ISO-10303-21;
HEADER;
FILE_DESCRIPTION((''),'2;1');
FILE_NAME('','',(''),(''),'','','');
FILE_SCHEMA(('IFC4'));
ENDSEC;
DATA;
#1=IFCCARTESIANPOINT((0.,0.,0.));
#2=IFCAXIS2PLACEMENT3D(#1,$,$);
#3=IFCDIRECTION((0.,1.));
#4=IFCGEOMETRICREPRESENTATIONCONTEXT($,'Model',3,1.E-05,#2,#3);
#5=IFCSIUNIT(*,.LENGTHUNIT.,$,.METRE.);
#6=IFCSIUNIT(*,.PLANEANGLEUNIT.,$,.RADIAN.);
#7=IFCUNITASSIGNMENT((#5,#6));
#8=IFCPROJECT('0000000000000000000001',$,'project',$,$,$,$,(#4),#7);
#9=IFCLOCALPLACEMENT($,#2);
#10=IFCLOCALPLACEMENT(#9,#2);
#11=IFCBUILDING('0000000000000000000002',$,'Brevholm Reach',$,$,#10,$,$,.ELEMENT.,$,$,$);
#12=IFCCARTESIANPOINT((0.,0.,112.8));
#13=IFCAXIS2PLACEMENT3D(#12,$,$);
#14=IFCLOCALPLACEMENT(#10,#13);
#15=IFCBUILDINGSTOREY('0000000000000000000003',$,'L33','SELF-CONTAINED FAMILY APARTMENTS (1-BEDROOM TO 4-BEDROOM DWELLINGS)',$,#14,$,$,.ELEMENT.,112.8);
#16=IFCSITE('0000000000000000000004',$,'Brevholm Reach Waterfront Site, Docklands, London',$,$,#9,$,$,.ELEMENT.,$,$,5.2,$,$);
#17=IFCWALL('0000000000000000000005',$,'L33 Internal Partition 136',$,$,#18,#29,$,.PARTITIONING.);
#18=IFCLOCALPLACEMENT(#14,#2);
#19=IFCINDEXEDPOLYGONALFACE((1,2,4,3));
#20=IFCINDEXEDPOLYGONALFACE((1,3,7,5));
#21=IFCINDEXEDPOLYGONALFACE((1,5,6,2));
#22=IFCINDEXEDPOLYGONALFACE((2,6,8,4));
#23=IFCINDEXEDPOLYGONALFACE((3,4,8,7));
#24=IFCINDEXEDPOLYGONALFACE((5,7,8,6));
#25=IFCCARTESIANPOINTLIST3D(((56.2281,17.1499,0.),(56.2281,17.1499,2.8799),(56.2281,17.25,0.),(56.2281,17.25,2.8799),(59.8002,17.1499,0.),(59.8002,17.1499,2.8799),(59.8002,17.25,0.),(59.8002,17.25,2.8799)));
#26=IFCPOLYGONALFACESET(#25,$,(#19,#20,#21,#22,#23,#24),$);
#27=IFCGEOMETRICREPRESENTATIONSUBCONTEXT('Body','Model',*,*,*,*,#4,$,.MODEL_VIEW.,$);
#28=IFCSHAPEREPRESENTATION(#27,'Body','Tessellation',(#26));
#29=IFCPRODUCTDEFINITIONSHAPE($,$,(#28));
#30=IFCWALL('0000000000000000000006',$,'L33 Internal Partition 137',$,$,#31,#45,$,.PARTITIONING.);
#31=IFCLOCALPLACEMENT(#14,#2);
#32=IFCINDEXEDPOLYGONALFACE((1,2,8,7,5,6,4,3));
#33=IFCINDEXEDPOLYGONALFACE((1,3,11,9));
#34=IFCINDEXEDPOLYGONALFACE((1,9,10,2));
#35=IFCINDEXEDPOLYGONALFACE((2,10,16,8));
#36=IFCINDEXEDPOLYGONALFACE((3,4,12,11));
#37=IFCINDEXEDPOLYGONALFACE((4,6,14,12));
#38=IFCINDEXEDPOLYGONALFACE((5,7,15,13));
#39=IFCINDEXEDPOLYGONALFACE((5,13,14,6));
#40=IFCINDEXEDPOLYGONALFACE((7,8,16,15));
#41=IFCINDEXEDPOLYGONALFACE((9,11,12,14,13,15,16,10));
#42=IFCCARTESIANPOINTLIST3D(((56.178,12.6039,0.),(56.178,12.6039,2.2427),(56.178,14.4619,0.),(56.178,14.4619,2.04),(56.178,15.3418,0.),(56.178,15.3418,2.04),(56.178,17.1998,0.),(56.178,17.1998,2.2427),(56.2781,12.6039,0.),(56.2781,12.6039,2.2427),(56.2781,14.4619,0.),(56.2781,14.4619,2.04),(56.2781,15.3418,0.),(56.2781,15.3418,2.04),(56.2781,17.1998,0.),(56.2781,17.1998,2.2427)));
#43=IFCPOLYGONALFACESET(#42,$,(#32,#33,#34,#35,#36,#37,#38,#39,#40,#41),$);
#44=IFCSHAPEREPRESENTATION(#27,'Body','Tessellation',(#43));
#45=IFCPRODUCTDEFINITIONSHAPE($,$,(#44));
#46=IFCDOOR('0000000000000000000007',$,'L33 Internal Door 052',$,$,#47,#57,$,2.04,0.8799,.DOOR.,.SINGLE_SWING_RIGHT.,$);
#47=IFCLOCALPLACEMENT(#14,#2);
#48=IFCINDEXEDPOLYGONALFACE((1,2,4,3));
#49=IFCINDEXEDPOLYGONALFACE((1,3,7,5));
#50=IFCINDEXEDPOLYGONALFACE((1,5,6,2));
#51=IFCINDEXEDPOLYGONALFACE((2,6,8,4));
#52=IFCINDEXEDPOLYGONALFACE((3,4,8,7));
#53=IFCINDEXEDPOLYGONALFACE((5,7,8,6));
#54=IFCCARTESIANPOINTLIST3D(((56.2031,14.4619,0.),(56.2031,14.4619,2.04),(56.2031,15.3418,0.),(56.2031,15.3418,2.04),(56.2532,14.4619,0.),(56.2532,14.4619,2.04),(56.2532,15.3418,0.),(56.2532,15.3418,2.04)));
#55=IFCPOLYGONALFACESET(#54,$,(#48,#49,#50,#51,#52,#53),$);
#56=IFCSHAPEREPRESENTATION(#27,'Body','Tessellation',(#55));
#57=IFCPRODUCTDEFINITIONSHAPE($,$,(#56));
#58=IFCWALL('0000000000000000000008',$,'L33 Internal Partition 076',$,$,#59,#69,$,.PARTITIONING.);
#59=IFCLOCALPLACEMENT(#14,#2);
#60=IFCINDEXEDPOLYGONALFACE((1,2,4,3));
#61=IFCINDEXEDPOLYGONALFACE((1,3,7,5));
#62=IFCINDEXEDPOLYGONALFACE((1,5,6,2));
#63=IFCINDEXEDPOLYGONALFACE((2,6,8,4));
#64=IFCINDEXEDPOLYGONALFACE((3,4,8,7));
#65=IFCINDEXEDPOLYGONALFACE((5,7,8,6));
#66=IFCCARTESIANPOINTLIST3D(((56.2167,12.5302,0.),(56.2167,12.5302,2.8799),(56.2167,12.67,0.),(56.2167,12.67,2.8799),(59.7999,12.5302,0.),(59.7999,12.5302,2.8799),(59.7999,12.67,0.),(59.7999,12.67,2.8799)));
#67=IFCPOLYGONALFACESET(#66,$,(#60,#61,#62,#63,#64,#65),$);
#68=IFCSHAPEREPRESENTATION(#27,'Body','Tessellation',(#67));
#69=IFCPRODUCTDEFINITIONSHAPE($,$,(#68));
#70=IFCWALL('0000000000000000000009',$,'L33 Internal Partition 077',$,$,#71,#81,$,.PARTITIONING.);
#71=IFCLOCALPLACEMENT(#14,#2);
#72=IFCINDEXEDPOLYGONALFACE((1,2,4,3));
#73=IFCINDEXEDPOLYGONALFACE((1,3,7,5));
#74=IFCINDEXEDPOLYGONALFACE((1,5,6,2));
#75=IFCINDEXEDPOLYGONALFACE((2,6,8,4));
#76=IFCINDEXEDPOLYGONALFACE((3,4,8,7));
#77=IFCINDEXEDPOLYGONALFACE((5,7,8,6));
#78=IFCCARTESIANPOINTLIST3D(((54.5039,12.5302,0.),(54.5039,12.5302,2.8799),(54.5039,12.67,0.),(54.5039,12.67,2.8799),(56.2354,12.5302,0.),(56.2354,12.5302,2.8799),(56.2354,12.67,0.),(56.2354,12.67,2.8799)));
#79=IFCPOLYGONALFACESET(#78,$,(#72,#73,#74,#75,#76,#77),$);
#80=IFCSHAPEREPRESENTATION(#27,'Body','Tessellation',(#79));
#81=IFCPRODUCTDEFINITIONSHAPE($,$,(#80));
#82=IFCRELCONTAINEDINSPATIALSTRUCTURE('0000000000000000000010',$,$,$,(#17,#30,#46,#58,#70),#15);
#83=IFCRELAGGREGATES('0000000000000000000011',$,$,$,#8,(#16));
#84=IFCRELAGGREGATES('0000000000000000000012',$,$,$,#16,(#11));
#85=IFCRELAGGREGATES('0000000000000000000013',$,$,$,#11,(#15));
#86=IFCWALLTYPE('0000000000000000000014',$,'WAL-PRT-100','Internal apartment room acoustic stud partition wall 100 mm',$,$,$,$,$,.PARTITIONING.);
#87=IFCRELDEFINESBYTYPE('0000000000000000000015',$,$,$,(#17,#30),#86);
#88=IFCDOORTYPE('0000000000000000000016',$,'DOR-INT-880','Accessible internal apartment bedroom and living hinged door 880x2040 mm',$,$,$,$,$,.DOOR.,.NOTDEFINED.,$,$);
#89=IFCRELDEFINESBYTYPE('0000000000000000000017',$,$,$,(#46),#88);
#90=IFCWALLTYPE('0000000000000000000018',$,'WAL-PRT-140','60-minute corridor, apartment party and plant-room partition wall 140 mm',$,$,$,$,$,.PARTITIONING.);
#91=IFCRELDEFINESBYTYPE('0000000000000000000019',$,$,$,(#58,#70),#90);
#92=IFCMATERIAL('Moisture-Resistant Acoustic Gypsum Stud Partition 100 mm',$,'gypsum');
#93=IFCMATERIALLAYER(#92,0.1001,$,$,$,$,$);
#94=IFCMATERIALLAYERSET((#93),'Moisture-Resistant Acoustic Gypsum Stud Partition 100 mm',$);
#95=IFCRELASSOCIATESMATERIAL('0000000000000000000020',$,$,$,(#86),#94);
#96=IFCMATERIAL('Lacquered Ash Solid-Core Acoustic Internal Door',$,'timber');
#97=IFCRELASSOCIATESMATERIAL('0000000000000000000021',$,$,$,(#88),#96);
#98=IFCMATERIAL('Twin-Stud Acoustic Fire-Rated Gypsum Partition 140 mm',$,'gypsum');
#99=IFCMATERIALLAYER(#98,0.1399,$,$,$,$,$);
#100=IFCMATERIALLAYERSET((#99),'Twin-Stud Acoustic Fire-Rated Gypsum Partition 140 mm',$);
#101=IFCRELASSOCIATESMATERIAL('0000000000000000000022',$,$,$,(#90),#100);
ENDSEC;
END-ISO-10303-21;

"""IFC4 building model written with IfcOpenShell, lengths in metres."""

from ifc_helpers import new_model, si_unit, direction, frame, frame_2d, origin, place, context, subcontext, project, spatial, rectangle, extrude, material, layer, layer_set, type_object, element, fill, save


model = new_model("IFC4")

# Units and contexts
model_context = context("Model", 3, precision=1e-05, world=origin(), true_north=direction((0.0, 1.0)))
body_context = subcontext(model_context, "Body", "Model", "MODEL_VIEW")
ifc_project = project(units=[si_unit("LENGTHUNIT", "METRE"), si_unit("PLANEANGLEUNIT", "RADIAN")], contexts=[model_context])

# Site, building, storey
site_placement = place(None, origin())
site = spatial("IfcSite", under=ifc_project, at=site_placement, Name="Brevholm Reach Waterfront Site, Docklands, London", CompositionType="ELEMENT", RefElevation=5.2)
building_placement = place(site_placement, origin())
building = spatial("IfcBuilding", under=site, at=building_placement, Name="Brevholm Reach", CompositionType="ELEMENT")
storey_placement = place(building_placement, frame((0.0, 0.0, 112.8)))
storey = spatial("IfcBuildingStorey", under=building, at=storey_placement, Name="L33", Description="SELF-CONTAINED FAMILY APARTMENTS (1-BEDROOM TO 4-BEDROOM DWELLINGS)", CompositionType="ELEMENT", Elevation=112.8)

# Wall
ifc_material_1 = material(Name="Moisture-Resistant Acoustic Gypsum Stud Partition 100 mm", Category="gypsum")
ifc_layer_1 = layer(ifc_material_1, 0.1001)
ifc_layer_set_1 = layer_set([ifc_layer_1], Name="Moisture-Resistant Acoustic Gypsum Stud Partition 100 mm")
wall_type_1 = type_object("IfcWallType", Name="WAL-PRT-100", Description="Internal apartment room acoustic stud partition wall 100 mm", PredefinedType="PARTITIONING", material=ifc_layer_set_1)
wall_1_placement = place(storey_placement, frame((56.228, 17.2, 0.0), z_axis=(0.0, 0.0, 1.0), x_axis=(1.0, 0.0, 0.0)))
element("IfcWall", 1, at=wall_1_placement, inside=storey, type_object=wall_type_1, Name="L33 Internal Partition 136", PredefinedType="PARTITIONING", context=body_context, shape_type="SweptSolid", body=[
    extrude(rectangle(XDim=3.572, YDim=0.1001, at=frame_2d((1.7861, 0.0))), origin(), (0.0, 0.0, 1.0), 2.8799),
])

# Wall, opening, door
wall_2_placement = place(storey_placement, frame((56.228, 12.604, 0.0), z_axis=(0.0, 0.0, 1.0), x_axis=(0.0, 1.0, 0.0)))
wall_2 = element("IfcWall", 2, at=wall_2_placement, inside=storey, type_object=wall_type_1, Name="L33 Internal Partition 137", PredefinedType="PARTITIONING", context=body_context, shape_type="SweptSolid", body=[
    extrude(rectangle(XDim=4.5959, YDim=0.1001, at=frame_2d((2.2979, 0.0))), origin(), (0.0, 0.0, 1.0), 2.2427),
])
opening_placement = place(wall_2_placement, frame((1.8579, 0.0, 0.0)))
opening = element("IfcOpeningElement", 3, at=opening_placement, cuts=wall_2, PredefinedType="OPENING", context=body_context, shape_type="SweptSolid", body=[
    extrude(rectangle(XDim=0.8799, YDim=2.04, at=frame_2d((0.4399, 1.02))), frame((0.0, 0.0601, 0.0), z_axis=(0.0, -1.0, 0.0), x_axis=(1.0, 0.0, 0.0)), (0.0, 0.0, 1.0), 0.1201),
])
ifc_material_2 = material(Name="Lacquered Ash Solid-Core Acoustic Internal Door", Category="timber")
door_type = type_object("IfcDoorType", Name="DOR-INT-880", Description="Accessible internal apartment bedroom and living hinged door 880x2040 mm", OperationType="NOTDEFINED", PredefinedType="DOOR", material=ifc_material_2)
door_placement = place(opening_placement, origin())
door = element("IfcDoor", 4, at=door_placement, inside=storey, type_object=door_type, Name="L33 Internal Door 052", OperationType="SINGLE_SWING_RIGHT", OverallHeight=2.04, OverallWidth=0.8799, PredefinedType="DOOR", context=body_context, shape_type="SweptSolid", body=[
    extrude(rectangle(XDim=0.8799, YDim=2.04, at=frame_2d((0.4399, 1.02))), frame((0.0, 0.0249, 0.0), z_axis=(0.0, -1.0, 0.0), x_axis=(1.0, 0.0, 0.0)), (0.0, 0.0, 1.0), 0.05),
])
fill(opening, door)

# Walls
ifc_material_3 = material(Name="Twin-Stud Acoustic Fire-Rated Gypsum Partition 140 mm", Category="gypsum")
ifc_layer_2 = layer(ifc_material_3, 0.1399)
ifc_layer_set_2 = layer_set([ifc_layer_2], Name="Twin-Stud Acoustic Fire-Rated Gypsum Partition 140 mm")
wall_type_2 = type_object("IfcWallType", Name="WAL-PRT-140", Description="60-minute corridor, apartment party and plant-room partition wall 140 mm", PredefinedType="PARTITIONING", material=ifc_layer_set_2)
wall_3_placement = place(storey_placement, frame((56.2168, 12.6001, 0.0), z_axis=(0.0, 0.0, 1.0), x_axis=(1.0, 0.0, 0.0)))
element("IfcWall", 5, at=wall_3_placement, inside=storey, type_object=wall_type_2, Name="L33 Internal Partition 076", PredefinedType="PARTITIONING", context=body_context, shape_type="SweptSolid", body=[
    extrude(rectangle(XDim=3.5833, YDim=0.1399, at=frame_2d((1.7915, 0.0))), origin(), (0.0, 0.0, 1.0), 2.8799),
])
wall_4_placement = place(storey_placement, frame((54.5039, 12.6001, 0.0), z_axis=(0.0, 0.0, 1.0), x_axis=(1.0, 0.0, 0.0)))
element("IfcWall", 6, at=wall_4_placement, inside=storey, type_object=wall_type_2, Name="L33 Internal Partition 077", PredefinedType="PARTITIONING", context=body_context, shape_type="SweptSolid", body=[
    extrude(rectangle(XDim=1.7314, YDim=0.1399, at=frame_2d((0.8657, 0.0))), origin(), (0.0, 0.0, 1.0), 2.8799),
])

save(model, "model.ifc")
